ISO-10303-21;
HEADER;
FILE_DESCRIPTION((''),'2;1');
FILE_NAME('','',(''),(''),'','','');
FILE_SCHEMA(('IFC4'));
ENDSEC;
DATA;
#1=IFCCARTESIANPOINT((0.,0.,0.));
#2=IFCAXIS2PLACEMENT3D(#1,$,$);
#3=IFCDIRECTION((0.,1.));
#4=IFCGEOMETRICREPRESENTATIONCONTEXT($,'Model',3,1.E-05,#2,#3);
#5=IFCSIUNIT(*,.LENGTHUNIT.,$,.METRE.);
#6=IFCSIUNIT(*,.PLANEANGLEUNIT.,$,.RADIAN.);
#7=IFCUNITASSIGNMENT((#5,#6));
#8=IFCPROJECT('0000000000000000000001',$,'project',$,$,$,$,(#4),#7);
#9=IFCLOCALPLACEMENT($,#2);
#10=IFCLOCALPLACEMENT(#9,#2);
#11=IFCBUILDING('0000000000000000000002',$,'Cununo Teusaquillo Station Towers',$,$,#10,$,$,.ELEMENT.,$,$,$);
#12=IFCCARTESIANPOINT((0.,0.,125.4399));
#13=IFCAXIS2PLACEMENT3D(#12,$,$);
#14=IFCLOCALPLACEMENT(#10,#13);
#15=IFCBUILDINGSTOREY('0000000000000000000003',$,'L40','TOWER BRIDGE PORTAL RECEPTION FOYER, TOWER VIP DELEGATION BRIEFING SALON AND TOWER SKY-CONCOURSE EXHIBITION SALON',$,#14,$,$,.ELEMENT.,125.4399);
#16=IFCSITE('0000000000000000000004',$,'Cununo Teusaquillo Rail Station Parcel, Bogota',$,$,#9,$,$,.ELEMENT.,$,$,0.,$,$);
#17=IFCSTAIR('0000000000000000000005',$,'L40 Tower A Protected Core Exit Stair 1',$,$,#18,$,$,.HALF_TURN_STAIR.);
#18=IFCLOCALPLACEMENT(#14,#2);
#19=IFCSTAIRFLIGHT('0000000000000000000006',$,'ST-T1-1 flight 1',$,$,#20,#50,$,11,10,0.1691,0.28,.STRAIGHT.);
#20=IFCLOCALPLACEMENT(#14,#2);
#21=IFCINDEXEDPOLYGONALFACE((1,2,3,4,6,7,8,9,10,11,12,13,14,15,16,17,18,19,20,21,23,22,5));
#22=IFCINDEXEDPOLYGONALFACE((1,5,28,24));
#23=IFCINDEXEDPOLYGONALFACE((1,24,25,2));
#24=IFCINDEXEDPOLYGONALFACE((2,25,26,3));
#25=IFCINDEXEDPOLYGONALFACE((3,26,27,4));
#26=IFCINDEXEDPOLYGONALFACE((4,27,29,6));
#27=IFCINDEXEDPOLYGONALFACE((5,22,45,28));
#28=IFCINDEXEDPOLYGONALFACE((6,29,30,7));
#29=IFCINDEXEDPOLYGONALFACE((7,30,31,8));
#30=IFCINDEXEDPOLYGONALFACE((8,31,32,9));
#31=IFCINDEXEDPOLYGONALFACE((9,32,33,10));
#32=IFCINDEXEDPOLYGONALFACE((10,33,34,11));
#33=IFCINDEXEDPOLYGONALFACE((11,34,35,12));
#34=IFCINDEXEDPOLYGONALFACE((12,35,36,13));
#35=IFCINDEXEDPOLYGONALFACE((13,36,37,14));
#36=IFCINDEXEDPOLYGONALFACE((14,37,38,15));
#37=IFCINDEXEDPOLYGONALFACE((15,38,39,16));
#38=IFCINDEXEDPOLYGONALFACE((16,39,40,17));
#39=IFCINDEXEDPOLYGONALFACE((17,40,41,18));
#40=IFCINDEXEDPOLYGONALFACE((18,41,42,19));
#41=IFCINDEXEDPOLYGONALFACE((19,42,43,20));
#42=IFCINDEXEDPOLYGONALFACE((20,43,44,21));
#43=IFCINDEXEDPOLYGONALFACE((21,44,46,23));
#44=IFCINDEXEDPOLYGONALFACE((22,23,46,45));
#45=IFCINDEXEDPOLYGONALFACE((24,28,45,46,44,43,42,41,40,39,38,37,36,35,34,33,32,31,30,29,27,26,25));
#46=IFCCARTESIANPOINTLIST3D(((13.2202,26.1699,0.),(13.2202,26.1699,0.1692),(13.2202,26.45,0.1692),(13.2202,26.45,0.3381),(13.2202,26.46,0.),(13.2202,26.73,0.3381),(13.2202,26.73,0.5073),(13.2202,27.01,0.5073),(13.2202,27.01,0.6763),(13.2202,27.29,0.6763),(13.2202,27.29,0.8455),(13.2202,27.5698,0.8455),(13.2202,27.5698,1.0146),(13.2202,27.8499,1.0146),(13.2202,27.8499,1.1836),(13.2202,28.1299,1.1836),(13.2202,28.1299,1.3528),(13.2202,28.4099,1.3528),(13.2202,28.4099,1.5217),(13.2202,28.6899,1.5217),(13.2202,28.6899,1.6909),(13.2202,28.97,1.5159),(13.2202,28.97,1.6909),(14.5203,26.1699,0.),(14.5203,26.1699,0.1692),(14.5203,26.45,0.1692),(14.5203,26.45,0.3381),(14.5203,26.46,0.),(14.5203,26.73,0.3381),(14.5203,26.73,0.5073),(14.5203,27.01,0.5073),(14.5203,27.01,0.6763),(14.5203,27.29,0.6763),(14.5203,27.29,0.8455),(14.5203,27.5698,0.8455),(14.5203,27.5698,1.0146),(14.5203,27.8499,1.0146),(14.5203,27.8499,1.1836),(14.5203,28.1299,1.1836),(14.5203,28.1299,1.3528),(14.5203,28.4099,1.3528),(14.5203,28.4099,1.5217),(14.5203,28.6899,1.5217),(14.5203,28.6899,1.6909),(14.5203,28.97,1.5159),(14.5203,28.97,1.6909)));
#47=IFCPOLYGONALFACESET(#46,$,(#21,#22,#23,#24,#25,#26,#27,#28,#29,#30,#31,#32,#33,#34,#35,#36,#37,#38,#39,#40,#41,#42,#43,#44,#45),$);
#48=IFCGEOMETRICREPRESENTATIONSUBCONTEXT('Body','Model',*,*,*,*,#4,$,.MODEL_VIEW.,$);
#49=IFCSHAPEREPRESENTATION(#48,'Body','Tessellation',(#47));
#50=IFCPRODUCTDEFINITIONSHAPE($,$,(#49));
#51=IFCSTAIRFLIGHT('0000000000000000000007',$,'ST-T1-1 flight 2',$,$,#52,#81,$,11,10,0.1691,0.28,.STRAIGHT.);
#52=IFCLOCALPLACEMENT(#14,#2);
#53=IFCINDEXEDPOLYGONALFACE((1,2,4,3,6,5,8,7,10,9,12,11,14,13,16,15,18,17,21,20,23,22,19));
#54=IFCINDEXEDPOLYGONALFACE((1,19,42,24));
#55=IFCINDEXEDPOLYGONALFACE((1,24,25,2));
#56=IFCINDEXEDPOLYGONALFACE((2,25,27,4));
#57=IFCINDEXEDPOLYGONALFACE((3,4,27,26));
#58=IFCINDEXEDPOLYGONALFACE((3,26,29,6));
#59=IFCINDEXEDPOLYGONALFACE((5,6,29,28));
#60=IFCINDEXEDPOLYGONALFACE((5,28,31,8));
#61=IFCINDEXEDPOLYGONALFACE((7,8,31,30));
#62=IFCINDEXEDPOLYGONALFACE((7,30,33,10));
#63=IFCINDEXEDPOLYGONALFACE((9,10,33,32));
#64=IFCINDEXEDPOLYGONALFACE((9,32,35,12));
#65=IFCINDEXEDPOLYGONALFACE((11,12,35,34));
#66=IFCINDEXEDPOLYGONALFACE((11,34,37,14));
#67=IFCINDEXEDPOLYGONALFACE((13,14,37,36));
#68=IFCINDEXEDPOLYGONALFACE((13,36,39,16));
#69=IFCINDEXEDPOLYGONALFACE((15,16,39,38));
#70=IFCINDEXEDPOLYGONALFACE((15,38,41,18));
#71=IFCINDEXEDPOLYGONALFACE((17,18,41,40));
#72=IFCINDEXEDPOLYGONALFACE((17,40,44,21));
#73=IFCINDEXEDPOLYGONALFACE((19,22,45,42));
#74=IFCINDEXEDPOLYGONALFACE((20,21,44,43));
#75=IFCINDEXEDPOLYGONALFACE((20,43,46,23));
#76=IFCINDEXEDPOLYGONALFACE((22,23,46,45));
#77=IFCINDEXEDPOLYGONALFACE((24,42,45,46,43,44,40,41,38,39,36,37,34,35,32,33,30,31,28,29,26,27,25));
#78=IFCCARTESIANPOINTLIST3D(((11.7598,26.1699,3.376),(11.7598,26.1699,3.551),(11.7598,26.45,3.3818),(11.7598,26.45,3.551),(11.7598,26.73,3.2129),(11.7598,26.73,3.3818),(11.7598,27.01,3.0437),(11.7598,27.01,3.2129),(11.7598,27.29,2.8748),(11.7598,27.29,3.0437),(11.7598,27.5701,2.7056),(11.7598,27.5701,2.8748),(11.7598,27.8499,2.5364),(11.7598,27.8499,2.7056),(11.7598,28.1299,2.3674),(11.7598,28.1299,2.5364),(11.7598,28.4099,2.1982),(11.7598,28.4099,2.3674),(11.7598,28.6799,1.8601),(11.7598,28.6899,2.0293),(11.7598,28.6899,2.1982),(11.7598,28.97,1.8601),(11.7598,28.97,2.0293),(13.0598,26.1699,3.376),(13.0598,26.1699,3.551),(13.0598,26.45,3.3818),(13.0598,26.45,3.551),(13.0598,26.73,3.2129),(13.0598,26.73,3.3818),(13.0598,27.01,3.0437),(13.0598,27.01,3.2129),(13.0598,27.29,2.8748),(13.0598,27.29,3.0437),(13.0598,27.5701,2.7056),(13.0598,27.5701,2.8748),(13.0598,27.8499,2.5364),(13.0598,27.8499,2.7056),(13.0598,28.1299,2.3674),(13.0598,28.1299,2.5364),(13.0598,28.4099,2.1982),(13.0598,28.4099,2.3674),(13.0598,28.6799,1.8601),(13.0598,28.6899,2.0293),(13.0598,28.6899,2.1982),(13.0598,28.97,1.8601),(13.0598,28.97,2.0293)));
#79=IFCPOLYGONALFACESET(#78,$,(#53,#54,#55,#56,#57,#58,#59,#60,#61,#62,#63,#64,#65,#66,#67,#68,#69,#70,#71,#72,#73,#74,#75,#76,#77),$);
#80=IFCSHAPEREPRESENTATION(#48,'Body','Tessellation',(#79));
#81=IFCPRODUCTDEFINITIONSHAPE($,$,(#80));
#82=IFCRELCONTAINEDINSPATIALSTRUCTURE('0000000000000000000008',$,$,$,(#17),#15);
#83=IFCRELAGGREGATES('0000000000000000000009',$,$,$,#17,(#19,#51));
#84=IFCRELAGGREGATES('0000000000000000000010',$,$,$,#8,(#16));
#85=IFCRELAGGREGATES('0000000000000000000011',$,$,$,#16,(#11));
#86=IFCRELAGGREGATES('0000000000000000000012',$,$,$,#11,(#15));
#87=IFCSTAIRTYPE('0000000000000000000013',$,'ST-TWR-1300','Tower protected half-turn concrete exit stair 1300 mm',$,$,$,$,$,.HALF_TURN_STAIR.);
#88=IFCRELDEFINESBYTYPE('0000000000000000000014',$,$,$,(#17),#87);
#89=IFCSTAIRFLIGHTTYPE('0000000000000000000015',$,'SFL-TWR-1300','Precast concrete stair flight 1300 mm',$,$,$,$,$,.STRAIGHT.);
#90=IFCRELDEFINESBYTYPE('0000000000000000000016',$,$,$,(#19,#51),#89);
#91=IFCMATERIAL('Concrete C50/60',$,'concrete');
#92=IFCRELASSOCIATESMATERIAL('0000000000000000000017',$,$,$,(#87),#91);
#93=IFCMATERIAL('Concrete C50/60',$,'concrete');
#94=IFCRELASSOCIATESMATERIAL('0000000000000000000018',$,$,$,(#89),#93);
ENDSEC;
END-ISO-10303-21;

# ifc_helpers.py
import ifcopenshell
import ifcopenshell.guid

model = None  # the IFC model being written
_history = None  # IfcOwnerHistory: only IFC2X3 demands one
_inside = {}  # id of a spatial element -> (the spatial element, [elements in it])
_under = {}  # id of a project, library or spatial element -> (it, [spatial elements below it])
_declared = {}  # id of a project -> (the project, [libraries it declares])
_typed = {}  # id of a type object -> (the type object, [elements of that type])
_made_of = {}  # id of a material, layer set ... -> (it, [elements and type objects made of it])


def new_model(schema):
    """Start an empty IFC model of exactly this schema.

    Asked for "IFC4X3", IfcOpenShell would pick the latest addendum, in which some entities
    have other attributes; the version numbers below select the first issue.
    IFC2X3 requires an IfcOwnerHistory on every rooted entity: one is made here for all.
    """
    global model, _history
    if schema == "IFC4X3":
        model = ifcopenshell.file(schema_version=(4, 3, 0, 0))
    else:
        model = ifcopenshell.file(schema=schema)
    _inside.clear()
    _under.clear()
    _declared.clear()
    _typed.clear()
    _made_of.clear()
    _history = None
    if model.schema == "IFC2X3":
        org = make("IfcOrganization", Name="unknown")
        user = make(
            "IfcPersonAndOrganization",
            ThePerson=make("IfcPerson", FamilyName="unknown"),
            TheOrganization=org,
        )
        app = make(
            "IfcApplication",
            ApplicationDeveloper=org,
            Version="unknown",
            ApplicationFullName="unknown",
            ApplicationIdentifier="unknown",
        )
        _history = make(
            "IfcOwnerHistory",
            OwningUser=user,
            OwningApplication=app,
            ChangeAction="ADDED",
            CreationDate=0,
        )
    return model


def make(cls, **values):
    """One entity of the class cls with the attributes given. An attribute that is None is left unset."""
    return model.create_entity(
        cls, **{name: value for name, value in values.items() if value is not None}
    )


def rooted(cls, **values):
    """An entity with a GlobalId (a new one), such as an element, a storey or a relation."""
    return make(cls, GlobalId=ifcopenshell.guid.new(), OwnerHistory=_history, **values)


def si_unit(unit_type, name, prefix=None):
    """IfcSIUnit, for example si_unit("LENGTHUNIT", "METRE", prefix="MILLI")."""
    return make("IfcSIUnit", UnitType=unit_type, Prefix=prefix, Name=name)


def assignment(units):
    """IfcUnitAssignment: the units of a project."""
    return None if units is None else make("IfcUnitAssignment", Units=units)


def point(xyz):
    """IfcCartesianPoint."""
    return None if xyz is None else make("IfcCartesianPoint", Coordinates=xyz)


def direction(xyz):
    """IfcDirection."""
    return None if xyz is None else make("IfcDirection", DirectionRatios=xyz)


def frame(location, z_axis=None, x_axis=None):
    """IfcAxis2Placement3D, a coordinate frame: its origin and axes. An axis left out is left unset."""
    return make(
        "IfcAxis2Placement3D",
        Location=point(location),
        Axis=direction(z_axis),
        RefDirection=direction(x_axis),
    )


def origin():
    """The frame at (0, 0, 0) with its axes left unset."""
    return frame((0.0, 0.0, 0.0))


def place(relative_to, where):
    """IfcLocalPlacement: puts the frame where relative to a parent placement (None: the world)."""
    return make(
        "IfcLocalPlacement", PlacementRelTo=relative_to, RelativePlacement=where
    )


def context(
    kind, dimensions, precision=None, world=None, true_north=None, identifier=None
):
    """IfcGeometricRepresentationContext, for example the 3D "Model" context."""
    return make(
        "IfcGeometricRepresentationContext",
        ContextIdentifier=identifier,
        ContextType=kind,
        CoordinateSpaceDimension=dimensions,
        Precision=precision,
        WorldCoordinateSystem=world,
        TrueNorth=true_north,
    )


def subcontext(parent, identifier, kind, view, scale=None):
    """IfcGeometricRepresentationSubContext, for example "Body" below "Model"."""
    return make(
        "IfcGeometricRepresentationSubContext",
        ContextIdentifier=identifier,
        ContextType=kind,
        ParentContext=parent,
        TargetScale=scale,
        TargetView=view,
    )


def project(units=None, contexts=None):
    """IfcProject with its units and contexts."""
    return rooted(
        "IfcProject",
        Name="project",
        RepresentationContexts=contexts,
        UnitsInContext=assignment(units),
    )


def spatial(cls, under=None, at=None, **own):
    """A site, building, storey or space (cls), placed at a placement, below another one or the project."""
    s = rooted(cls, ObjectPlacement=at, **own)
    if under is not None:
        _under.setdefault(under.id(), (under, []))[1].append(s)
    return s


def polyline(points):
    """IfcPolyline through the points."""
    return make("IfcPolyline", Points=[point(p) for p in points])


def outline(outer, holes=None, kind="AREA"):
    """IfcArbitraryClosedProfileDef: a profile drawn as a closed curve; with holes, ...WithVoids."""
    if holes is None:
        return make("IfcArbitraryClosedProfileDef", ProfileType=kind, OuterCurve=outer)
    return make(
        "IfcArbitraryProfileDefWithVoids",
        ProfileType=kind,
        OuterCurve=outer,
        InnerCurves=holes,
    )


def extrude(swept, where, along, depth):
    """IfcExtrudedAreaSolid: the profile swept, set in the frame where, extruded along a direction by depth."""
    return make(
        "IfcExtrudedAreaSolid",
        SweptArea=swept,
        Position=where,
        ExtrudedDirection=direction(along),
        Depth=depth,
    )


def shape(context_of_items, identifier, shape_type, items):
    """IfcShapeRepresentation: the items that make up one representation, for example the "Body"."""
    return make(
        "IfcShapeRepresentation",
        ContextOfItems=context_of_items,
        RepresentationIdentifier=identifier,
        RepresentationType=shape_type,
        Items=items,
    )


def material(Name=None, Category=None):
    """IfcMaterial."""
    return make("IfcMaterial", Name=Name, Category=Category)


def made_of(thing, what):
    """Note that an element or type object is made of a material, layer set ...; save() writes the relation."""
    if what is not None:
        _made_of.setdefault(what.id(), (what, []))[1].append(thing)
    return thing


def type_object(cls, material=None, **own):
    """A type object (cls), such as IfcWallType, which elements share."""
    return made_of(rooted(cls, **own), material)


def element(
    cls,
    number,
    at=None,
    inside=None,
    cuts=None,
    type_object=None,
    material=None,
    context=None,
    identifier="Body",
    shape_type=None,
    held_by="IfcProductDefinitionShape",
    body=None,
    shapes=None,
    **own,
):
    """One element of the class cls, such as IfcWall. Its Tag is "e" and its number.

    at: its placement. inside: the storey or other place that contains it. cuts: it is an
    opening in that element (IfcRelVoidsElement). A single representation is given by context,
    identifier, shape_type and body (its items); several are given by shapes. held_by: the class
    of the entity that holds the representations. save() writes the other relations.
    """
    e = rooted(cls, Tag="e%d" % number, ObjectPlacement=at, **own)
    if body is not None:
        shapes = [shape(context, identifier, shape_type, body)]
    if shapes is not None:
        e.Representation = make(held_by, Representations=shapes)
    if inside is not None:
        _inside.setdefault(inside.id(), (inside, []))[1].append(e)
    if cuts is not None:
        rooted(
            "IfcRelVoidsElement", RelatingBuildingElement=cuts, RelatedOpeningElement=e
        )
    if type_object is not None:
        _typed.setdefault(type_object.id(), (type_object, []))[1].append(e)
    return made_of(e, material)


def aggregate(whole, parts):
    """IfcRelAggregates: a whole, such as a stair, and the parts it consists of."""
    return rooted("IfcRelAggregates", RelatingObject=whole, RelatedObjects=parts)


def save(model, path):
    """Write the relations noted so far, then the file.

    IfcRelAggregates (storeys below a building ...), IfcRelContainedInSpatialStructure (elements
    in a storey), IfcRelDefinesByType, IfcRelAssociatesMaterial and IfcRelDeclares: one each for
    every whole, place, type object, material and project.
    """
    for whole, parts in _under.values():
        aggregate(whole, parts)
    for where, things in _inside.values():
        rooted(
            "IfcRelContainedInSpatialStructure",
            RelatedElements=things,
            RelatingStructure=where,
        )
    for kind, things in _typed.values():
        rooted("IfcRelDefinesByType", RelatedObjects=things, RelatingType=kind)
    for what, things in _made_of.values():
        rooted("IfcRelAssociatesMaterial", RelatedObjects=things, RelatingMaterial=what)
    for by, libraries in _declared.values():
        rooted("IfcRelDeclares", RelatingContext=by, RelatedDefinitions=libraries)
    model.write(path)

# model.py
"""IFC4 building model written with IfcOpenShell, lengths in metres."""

from ifc_helpers import new_model, si_unit, direction, frame, origin, place, context, subcontext, project, spatial, polyline, outline, extrude, material, type_object, element, aggregate, save


model = new_model("IFC4")

# Units and contexts
model_context = context("Model", 3, precision=1e-05, world=origin(), true_north=direction((0.0, 1.0)))
body_context = subcontext(model_context, "Body", "Model", "MODEL_VIEW")
ifc_project = project(units=[si_unit("LENGTHUNIT", "METRE"), si_unit("PLANEANGLEUNIT", "RADIAN")], contexts=[model_context])

# Site, building, storey
site_placement = place(None, origin())
site = spatial("IfcSite", under=ifc_project, at=site_placement, Name="Cununo Teusaquillo Rail Station Parcel, Bogota", CompositionType="ELEMENT", RefElevation=0.0)
building_placement = place(site_placement, origin())
building = spatial("IfcBuilding", under=site, at=building_placement, Name="Cununo Teusaquillo Station Towers", CompositionType="ELEMENT")
storey_placement = place(building_placement, frame((0.0, 0.0, 125.4399)))
storey = spatial("IfcBuildingStorey", under=building, at=storey_placement, Name="L40", Description="TOWER BRIDGE PORTAL RECEPTION FOYER, TOWER VIP DELEGATION BRIEFING SALON AND TOWER SKY-CONCOURSE EXHIBITION SALON", CompositionType="ELEMENT", Elevation=125.4399)

# Stair, stair flights
ifc_material_1 = material(Name="Concrete C50/60", Category="concrete")
stair_type = type_object("IfcStairType", Name="ST-TWR-1300", Description="Tower protected half-turn concrete exit stair 1300 mm", PredefinedType="HALF_TURN_STAIR", material=ifc_material_1)
stair_placement = place(storey_placement, origin())
stair = element("IfcStair", 1, at=stair_placement, inside=storey, type_object=stair_type, Name="L40 Tower A Protected Core Exit Stair 1", PredefinedType="HALF_TURN_STAIR")
ifc_material_2 = material(Name="Concrete C50/60", Category="concrete")
stair_flight_type = type_object("IfcStairFlightType", Name="SFL-TWR-1300", Description="Precast concrete stair flight 1300 mm", PredefinedType="STRAIGHT", material=ifc_material_2)
stair_flight_1_placement = place(storey_placement, frame((13.8701, 26.1699, 0.0), z_axis=(0.0, 0.0, 1.0), x_axis=(0.0, 1.0, 0.0)))
stair_flight_1 = element("IfcStairFlight", 2, at=stair_flight_1_placement, type_object=stair_flight_type, Name="ST-T1-1 flight 1", NumberOfRisers=11, NumberOfTreads=10, PredefinedType="STRAIGHT", RiserHeight=0.1691, TreadLength=0.28, context=body_context, shape_type="SweptSolid", body=[
    extrude(outline(polyline([(0.0, 0.0), (0.0, 0.1692), (0.28, 0.1692), (0.28, 0.3381), (0.5601, 0.3381), (0.5601, 0.5073), (0.8401, 0.5073), (0.8401, 0.6763), (1.1201, 0.6763), (1.1201, 0.8455), (1.3999, 0.8455), (1.3999, 1.0146), (1.6799, 1.0146), (1.6799, 1.1836), (1.96, 1.1836), (1.96, 1.3528), (2.24, 1.3528), (2.24, 1.5217), (2.52, 1.5217), (2.52, 1.6909), (2.8, 1.6909), (2.8, 1.8601), (2.8, 1.5159), (0.29, 0.0), (0.0, 0.0)])), frame((0.0, 0.6499, 0.0), z_axis=(0.0, -1.0, 0.0), x_axis=(1.0, 0.0, 0.0)), (0.0, 0.0, 1.0), 1.3),
])
stair_flight_2_placement = place(storey_placement, frame((12.4099, 28.97, 1.8601), z_axis=(0.0, 0.0, 1.0), x_axis=(0.0, -1.0, 0.0)))
stair_flight_2 = element("IfcStairFlight", 3, at=stair_flight_2_placement, type_object=stair_flight_type, Name="ST-T1-1 flight 2", NumberOfRisers=11, NumberOfTreads=10, PredefinedType="STRAIGHT", RiserHeight=0.1691, TreadLength=0.28, context=body_context, shape_type="SweptSolid", body=[
    extrude(outline(polyline([(0.0, 0.0), (0.0, 0.1692), (0.28, 0.1692), (0.28, 0.3381), (0.5601, 0.3381), (0.5601, 0.5073), (0.8401, 0.5073), (0.8401, 0.6763), (1.1201, 0.6763), (1.1201, 0.8455), (1.3999, 0.8455), (1.3999, 1.0146), (1.6799, 1.0146), (1.6799, 1.1836), (1.96, 1.1836), (1.96, 1.3528), (2.24, 1.3528), (2.24, 1.5217), (2.52, 1.5217), (2.52, 1.6909), (2.8, 1.6909), (2.8, 1.8601), (2.8, 1.5159), (0.29, 0.0), (0.0, 0.0)])), frame((0.0, 0.6499, 0.0), z_axis=(0.0, -1.0, 0.0), x_axis=(1.0, 0.0, 0.0)), (0.0, 0.0, 1.0), 1.3),
])
aggregate(stair, [stair_flight_1, stair_flight_2])

save(model, "model.ifc")
